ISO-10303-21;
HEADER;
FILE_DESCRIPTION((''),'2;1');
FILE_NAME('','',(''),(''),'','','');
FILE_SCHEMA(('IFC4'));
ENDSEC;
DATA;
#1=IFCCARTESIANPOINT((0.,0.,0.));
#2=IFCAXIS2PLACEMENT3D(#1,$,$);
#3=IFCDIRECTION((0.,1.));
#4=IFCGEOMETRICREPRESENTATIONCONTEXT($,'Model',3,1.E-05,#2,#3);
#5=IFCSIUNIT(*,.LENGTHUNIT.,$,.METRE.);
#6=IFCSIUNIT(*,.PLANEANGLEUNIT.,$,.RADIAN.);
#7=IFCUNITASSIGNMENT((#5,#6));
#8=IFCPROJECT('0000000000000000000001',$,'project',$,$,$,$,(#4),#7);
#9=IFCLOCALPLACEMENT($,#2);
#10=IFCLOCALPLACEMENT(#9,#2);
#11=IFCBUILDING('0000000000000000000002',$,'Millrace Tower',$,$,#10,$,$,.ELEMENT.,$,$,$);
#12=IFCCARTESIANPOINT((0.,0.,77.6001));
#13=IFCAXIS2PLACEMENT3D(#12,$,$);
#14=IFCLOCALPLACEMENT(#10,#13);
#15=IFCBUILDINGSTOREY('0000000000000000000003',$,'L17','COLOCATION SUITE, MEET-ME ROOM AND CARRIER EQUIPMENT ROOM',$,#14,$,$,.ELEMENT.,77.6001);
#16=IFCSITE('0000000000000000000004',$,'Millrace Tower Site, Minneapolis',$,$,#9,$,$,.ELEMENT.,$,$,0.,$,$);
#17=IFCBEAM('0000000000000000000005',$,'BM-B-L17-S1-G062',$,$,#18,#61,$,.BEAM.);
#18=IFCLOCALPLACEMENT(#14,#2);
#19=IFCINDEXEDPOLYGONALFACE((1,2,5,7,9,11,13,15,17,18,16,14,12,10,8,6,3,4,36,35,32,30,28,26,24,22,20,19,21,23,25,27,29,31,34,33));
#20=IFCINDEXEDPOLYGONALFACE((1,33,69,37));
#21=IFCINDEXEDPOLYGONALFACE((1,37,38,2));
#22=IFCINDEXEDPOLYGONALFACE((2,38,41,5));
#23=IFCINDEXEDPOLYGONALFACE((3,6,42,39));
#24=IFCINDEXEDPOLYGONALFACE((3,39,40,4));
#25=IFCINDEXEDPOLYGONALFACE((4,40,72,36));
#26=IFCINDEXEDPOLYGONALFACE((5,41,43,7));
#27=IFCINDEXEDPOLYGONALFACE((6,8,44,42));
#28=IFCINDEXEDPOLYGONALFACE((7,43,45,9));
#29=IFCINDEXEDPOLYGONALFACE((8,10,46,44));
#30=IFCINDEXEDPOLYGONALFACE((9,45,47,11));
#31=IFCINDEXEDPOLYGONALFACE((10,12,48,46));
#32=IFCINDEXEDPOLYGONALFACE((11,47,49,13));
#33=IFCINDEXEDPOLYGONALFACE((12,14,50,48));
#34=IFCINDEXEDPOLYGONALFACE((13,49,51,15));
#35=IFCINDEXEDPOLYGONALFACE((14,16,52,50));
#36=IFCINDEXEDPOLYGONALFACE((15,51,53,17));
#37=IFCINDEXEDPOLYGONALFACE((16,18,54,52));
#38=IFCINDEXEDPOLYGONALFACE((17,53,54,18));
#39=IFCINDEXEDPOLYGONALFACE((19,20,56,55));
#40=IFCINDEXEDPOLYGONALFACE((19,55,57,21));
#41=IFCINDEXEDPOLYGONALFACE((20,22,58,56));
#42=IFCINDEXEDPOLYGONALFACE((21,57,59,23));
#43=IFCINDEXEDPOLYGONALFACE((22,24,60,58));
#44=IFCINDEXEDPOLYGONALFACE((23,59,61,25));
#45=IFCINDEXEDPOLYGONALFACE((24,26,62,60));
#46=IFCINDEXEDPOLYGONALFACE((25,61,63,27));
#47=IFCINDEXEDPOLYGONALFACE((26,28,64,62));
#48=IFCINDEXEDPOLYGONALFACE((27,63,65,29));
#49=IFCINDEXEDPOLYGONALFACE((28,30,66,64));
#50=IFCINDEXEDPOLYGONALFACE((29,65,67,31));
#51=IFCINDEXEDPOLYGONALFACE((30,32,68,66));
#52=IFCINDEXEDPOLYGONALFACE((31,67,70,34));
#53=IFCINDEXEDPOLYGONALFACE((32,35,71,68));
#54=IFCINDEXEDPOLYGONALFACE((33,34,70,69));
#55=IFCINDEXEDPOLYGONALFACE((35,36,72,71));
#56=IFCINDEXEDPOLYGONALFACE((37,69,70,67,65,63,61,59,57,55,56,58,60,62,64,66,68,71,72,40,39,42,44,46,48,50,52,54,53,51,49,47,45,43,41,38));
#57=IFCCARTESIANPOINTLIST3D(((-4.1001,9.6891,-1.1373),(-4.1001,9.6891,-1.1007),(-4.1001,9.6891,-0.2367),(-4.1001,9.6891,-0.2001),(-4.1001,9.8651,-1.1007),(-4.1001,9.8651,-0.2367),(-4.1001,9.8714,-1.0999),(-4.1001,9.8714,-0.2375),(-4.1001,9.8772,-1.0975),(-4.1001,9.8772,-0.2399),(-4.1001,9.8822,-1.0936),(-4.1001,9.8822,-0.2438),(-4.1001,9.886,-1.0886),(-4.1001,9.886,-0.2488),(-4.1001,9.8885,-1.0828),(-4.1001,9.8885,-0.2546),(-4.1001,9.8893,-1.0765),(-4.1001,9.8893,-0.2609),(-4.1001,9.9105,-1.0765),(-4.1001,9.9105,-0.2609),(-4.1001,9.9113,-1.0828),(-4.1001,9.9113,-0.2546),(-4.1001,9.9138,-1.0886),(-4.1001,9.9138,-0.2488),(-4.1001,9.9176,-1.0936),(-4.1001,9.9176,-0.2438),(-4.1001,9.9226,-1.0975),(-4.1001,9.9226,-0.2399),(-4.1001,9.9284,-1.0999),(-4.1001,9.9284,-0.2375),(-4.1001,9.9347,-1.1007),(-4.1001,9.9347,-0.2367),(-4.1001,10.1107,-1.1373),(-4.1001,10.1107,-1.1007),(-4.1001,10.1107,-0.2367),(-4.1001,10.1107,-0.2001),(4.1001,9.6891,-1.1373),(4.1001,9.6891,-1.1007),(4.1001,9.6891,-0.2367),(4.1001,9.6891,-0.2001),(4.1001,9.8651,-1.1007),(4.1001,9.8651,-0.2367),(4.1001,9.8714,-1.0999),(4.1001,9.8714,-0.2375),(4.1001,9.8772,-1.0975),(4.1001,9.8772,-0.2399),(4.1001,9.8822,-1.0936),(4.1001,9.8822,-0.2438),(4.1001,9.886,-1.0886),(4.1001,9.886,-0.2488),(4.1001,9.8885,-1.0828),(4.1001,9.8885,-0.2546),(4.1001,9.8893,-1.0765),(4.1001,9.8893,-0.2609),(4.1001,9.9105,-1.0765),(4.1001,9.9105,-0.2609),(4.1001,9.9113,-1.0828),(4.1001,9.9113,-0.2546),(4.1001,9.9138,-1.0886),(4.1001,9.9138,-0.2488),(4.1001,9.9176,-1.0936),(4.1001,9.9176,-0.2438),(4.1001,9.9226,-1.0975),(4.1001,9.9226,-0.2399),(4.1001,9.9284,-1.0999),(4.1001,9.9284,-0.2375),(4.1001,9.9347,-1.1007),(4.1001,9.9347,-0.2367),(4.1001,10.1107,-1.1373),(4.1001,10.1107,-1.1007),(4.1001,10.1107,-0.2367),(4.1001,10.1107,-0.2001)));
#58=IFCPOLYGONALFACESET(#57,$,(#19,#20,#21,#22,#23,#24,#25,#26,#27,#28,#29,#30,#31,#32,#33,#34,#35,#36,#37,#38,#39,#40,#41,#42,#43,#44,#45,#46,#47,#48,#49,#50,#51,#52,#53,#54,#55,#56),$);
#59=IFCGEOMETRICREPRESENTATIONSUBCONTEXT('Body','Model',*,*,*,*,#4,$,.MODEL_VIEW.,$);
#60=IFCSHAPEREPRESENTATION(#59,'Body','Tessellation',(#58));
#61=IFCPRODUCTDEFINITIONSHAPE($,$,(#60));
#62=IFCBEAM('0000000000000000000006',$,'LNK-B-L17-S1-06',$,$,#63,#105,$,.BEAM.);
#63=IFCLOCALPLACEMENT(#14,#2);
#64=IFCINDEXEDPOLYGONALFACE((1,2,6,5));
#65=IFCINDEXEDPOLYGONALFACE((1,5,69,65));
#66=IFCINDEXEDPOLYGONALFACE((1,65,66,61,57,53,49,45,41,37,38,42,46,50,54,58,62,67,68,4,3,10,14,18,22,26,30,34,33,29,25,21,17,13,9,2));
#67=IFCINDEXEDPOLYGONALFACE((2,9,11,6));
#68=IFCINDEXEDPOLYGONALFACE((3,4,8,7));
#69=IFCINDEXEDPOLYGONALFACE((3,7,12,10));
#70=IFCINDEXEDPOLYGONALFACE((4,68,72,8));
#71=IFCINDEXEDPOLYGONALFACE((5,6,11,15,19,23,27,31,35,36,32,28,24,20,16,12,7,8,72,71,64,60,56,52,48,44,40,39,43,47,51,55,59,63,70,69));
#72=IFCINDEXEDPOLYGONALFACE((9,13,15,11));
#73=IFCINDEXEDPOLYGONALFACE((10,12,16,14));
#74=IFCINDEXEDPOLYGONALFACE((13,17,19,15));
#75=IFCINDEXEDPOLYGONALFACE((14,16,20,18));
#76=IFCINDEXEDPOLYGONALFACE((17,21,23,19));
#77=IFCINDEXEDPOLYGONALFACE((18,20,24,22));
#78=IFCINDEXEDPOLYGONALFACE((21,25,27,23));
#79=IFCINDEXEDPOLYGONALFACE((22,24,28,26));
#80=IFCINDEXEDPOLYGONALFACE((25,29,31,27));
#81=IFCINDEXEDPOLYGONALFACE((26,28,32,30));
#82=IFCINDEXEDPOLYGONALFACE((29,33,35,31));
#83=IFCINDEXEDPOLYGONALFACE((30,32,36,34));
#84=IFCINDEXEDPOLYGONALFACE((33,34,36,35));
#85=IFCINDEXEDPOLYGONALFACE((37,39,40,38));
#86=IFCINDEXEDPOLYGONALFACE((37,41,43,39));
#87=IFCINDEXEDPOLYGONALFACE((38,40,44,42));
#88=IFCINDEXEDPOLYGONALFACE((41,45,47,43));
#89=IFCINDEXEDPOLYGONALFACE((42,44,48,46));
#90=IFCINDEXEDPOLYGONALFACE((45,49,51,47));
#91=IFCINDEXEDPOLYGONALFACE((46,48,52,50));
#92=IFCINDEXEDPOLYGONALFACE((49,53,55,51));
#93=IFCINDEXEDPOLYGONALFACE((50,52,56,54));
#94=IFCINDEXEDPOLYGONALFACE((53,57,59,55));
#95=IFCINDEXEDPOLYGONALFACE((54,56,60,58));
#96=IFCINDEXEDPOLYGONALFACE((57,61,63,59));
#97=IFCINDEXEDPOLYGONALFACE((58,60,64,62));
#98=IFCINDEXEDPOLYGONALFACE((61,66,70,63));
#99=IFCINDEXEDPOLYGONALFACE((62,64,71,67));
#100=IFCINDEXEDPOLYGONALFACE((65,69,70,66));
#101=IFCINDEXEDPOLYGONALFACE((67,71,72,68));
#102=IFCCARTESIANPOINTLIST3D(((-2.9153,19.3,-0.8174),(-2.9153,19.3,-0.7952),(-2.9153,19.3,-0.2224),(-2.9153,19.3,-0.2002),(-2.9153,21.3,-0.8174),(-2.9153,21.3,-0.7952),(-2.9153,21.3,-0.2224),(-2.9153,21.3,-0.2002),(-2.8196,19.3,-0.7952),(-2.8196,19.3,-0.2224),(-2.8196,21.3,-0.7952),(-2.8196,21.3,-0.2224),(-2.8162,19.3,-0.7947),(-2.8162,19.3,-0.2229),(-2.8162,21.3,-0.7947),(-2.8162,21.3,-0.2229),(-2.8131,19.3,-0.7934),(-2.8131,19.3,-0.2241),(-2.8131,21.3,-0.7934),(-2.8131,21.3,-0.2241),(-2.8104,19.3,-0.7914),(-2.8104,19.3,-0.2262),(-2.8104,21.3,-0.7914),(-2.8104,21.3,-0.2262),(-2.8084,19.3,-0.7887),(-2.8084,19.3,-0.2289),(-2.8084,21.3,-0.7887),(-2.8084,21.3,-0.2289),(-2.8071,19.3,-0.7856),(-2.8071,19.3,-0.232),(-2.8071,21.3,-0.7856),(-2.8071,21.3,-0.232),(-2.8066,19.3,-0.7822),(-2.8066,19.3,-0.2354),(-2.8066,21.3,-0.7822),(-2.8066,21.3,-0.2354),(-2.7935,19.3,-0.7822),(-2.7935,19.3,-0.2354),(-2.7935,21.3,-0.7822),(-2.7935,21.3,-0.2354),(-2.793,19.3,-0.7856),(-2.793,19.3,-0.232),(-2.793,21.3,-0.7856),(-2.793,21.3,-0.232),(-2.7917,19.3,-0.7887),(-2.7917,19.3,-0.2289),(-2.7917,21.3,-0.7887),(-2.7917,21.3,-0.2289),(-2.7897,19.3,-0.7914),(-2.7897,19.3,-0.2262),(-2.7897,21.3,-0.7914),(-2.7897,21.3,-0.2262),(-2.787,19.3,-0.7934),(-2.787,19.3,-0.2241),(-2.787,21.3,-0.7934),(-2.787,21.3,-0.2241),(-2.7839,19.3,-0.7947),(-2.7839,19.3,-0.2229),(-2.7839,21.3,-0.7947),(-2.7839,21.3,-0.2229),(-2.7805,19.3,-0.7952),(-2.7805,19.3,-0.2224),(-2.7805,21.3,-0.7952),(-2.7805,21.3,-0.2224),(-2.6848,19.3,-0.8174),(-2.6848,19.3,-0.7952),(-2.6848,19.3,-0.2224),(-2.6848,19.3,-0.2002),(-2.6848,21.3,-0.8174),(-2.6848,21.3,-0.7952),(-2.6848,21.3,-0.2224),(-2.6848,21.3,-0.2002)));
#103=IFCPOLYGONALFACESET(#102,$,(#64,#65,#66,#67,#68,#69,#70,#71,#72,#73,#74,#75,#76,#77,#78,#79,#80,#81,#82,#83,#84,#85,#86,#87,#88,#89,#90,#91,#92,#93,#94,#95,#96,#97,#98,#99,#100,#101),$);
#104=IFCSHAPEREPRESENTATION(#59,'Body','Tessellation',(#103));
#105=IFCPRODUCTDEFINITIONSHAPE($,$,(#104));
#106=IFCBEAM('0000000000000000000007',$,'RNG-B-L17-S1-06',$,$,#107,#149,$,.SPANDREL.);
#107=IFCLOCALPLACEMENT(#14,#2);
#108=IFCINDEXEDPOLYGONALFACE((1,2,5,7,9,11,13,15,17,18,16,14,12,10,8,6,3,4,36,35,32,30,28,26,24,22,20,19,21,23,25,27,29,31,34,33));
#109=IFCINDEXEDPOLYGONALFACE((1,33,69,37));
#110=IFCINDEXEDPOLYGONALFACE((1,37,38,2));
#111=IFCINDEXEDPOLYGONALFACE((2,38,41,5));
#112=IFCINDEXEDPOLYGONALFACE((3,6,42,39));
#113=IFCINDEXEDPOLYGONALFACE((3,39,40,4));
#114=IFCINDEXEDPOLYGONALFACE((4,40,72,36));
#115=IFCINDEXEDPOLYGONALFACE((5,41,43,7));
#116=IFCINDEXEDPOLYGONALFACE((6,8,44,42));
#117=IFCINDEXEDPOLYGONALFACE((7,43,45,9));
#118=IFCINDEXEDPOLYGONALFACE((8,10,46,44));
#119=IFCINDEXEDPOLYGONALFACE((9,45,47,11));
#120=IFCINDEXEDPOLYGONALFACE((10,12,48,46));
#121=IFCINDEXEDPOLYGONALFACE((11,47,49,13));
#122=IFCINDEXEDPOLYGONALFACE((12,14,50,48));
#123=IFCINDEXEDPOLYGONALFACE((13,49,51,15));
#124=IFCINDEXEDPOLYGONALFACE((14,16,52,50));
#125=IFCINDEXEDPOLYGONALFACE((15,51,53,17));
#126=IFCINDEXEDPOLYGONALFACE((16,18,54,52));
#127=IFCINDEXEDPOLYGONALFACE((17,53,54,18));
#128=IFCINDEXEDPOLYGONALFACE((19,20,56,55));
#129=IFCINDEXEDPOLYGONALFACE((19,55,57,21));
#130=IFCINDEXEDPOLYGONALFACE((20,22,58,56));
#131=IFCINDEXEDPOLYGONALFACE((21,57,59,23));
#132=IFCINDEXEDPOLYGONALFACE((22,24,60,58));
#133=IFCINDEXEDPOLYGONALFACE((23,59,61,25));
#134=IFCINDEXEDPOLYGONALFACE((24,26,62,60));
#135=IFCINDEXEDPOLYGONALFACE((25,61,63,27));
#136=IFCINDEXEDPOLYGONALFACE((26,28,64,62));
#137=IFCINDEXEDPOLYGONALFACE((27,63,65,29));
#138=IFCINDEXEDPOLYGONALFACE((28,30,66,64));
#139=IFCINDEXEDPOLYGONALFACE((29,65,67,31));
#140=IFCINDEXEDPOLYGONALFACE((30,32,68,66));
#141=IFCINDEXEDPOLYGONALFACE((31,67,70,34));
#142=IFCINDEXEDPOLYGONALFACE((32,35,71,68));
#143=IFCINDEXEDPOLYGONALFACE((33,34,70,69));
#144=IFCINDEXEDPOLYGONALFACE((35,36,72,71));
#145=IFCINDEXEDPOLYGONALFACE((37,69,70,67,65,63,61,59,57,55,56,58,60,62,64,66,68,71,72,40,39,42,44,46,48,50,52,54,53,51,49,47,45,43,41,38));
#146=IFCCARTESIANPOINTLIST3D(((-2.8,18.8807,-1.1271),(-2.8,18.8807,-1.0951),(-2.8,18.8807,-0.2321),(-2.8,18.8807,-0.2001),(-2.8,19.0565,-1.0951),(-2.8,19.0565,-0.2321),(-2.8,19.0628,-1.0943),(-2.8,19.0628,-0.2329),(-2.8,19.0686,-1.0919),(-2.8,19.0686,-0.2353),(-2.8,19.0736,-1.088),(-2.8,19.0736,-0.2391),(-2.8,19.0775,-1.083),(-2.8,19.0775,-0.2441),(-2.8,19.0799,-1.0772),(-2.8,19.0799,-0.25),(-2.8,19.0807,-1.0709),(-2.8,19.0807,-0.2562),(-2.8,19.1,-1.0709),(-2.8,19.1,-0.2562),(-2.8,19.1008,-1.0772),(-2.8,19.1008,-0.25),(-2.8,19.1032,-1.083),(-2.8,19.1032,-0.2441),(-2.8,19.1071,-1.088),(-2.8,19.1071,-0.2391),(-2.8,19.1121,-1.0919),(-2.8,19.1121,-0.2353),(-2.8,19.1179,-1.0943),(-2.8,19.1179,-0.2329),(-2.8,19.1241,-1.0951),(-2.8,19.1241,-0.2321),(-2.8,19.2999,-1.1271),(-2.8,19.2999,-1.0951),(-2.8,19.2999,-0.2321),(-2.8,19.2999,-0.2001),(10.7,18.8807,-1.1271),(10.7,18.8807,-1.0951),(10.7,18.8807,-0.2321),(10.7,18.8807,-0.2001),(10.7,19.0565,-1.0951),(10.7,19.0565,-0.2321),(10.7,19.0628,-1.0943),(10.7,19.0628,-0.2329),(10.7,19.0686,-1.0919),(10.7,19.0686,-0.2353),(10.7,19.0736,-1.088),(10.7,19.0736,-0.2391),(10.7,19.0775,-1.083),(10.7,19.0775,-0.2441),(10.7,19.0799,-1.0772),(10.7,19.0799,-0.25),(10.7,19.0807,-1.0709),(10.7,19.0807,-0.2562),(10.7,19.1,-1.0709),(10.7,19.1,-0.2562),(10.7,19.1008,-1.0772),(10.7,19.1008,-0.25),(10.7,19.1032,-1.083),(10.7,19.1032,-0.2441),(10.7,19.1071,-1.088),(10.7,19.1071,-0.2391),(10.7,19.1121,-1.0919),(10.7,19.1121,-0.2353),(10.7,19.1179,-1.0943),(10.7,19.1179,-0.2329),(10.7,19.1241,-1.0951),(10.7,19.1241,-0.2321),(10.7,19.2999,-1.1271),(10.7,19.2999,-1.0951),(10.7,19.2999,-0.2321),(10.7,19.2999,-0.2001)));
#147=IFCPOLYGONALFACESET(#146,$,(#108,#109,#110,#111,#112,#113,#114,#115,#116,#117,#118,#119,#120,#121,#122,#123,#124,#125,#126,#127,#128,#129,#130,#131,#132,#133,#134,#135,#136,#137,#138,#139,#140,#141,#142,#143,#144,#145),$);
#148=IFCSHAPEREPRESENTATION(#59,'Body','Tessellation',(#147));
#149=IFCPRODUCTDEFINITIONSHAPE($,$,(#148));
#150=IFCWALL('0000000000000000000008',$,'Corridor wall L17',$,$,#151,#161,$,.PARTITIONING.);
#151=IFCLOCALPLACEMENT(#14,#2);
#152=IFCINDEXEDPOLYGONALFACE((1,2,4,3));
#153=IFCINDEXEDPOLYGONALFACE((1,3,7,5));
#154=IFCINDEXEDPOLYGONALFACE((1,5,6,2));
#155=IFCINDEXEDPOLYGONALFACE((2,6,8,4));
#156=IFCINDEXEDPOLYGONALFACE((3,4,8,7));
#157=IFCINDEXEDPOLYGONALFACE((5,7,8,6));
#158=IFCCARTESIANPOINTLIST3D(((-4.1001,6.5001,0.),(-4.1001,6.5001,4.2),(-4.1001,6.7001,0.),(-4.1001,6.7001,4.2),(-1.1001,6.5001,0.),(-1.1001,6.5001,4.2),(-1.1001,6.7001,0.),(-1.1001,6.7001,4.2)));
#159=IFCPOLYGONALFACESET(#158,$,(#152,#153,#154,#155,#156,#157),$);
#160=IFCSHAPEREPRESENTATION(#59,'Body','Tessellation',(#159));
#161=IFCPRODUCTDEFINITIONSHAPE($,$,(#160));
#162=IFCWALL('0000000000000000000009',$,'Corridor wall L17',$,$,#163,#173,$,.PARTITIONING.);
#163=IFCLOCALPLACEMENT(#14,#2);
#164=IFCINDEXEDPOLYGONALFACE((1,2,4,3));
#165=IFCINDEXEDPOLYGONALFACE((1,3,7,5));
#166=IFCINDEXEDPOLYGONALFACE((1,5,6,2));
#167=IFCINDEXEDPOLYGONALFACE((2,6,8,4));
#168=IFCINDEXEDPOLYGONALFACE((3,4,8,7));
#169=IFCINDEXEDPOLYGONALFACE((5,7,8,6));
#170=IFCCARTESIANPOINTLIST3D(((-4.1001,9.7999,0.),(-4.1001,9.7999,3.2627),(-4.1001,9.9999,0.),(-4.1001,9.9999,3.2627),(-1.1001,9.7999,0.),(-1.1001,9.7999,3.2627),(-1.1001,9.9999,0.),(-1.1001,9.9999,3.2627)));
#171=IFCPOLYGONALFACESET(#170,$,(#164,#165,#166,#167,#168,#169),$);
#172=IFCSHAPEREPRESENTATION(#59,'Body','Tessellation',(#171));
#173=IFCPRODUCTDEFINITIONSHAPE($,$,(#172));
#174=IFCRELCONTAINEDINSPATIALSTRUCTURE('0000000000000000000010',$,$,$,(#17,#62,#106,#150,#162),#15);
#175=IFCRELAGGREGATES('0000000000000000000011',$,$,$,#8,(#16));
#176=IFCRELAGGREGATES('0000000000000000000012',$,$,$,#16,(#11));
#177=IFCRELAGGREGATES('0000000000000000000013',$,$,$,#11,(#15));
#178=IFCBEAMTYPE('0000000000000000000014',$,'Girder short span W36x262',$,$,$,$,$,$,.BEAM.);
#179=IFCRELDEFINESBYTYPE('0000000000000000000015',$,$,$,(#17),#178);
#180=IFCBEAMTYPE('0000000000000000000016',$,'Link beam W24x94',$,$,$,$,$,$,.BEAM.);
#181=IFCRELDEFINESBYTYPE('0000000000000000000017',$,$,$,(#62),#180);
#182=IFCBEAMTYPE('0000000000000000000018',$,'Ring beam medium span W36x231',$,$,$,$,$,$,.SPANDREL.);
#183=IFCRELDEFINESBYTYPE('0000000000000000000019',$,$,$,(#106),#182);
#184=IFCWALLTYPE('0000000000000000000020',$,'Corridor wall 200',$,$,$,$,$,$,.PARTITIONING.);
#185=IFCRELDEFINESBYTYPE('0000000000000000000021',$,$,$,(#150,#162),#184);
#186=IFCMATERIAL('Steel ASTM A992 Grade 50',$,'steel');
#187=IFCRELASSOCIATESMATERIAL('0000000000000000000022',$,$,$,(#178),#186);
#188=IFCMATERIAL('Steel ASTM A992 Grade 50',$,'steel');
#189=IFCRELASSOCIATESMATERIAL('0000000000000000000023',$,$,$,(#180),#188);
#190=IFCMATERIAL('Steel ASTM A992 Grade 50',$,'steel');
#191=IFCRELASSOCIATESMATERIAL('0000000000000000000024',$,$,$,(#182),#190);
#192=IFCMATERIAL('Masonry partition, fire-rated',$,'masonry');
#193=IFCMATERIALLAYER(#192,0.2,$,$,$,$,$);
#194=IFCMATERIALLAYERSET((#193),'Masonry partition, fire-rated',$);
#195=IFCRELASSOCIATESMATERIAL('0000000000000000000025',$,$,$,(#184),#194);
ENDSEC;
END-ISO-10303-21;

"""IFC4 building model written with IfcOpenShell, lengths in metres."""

from ifc_helpers import new_model, si_unit, direction, frame, frame_2d, origin, origin_2d, place, context, subcontext, project, spatial, rectangle, i_section, extrude, material, layer, layer_set, material_profile, profile_set, type_object, element, save


model = new_model("IFC4")

# Units and contexts
model_context = context("Model", 3, precision=1e-05, world=origin(), true_north=direction((0.0, 1.0)))
body_context = subcontext(model_context, "Body", "Model", "MODEL_VIEW")
ifc_project = project(units=[si_unit("LENGTHUNIT", "METRE"), si_unit("PLANEANGLEUNIT", "RADIAN")], contexts=[model_context])

# Site, building, storey
site_placement = place(None, origin())
site = spatial("IfcSite", under=ifc_project, at=site_placement, Name="Millrace Tower Site, Minneapolis", CompositionType="ELEMENT", RefElevation=0.0)
building_placement = place(site_placement, origin())
building = spatial("IfcBuilding", under=site, at=building_placement, Name="Millrace Tower", CompositionType="ELEMENT")
storey_placement = place(building_placement, frame((0.0, 0.0, 77.6001)))
storey = spatial("IfcBuildingStorey", under=building, at=storey_placement, Name="L17", Description="COLOCATION SUITE, MEET-ME ROOM AND CARRIER EQUIPMENT ROOM", CompositionType="ELEMENT", Elevation=77.6001)

# Beams
ifc_material_1 = material(Name="Steel ASTM A992 Grade 50", Category="steel")
ifc_material_profile_1 = material_profile(ifc_material_1, i_section(OverallWidth=0.4216, OverallDepth=0.9373, WebThickness=0.0212, FlangeThickness=0.0366, FilletRadius=0.0242, at=origin_2d()))
ifc_profile_set_1 = profile_set([ifc_material_profile_1], Name="Steel ASTM A992 Grade 50")
beam_type_1 = type_object("IfcBeamType", Name="Girder short span W36x262", PredefinedType="BEAM", material=ifc_profile_set_1)
beam_1_placement = place(storey_placement, frame((-4.1001, 9.8999, -0.6687), z_axis=(1.0, 0.0, 0.0), x_axis=(0.0, 1.0, 0.0)))
element("IfcBeam", 1, at=beam_1_placement, inside=storey, type_object=beam_type_1, Name="BM-B-L17-S1-G062", PredefinedType="BEAM", context=body_context, shape_type="SweptSolid", body=[
    extrude(i_section(OverallWidth=0.4216, OverallDepth=0.9373, WebThickness=0.0212, FlangeThickness=0.0366, FilletRadius=0.0242, at=origin_2d()), origin(), (0.0, 0.0, 1.0), 8.2002),
])
ifc_material_2 = material(Name="Steel ASTM A992 Grade 50", Category="steel")
ifc_material_profile_2 = material_profile(ifc_material_2, i_section(OverallWidth=0.2305, OverallDepth=0.6172, WebThickness=0.0132, FlangeThickness=0.0222, FilletRadius=0.0129, at=origin_2d()))
ifc_profile_set_2 = profile_set([ifc_material_profile_2], Name="Steel ASTM A992 Grade 50")
beam_type_2 = type_object("IfcBeamType", Name="Link beam W24x94", PredefinedType="BEAM", material=ifc_profile_set_2)
beam_2_placement = place(storey_placement, frame((-2.8, 19.3, -0.5088), z_axis=(0.0, 1.0, 0.0), x_axis=(-1.0, 0.0, 0.0)))
element("IfcBeam", 2, at=beam_2_placement, inside=storey, type_object=beam_type_2, Name="LNK-B-L17-S1-06", PredefinedType="BEAM", context=body_context, shape_type="SweptSolid", body=[
    extrude(i_section(OverallWidth=0.2305, OverallDepth=0.6172, WebThickness=0.0132, FlangeThickness=0.0222, FilletRadius=0.0129, at=origin_2d()), origin(), (0.0, 0.0, 1.0), 2.0),
])
ifc_material_3 = material(Name="Steel ASTM A992 Grade 50", Category="steel")
ifc_material_profile_3 = material_profile(ifc_material_3, i_section(OverallWidth=0.4192, OverallDepth=0.927, WebThickness=0.0193, FlangeThickness=0.032, FilletRadius=0.0242, at=origin_2d()))
ifc_profile_set_3 = profile_set([ifc_material_profile_3], Name="Steel ASTM A992 Grade 50")
beam_type_3 = type_object("IfcBeamType", Name="Ring beam medium span W36x231", PredefinedType="SPANDREL", material=ifc_profile_set_3)
beam_3_placement = place(storey_placement, frame((-2.8, 19.0903, -0.6636), z_axis=(1.0, 0.0, 0.0), x_axis=(0.0, 1.0, 0.0)))
element("IfcBeam", 3, at=beam_3_placement, inside=storey, type_object=beam_type_3, Name="RNG-B-L17-S1-06", PredefinedType="SPANDREL", context=body_context, shape_type="SweptSolid", body=[
    extrude(i_section(OverallWidth=0.4192, OverallDepth=0.927, WebThickness=0.0193, FlangeThickness=0.032, FilletRadius=0.0242, at=origin_2d()), origin(), (0.0, 0.0, 1.0), 13.5),
])

# Walls
ifc_material_4 = material(Name="Masonry partition, fire-rated", Category="masonry")
ifc_layer_1 = layer(ifc_material_4, 0.2)
ifc_layer_set_1 = layer_set([ifc_layer_1], Name="Masonry partition, fire-rated")
wall_type_1 = type_object("IfcWallType", Name="Corridor wall 200", PredefinedType="PARTITIONING", material=ifc_layer_set_1)
wall_1_placement = place(storey_placement, frame((-4.1001, 6.6001, 0.0), z_axis=(0.0, 0.0, 1.0), x_axis=(1.0, 0.0, 0.0)))
element("IfcWall", 4, at=wall_1_placement, inside=storey, type_object=wall_type_1, Name="Corridor wall L17", PredefinedType="PARTITIONING", context=body_context, shape_type="SweptSolid", body=[
    extrude(rectangle(XDim=3.0, YDim=0.2, at=frame_2d((1.5, 0.0))), origin(), (0.0, 0.0, 1.0), 4.2),
])
wall_2_placement = place(storey_placement, frame((-4.1001, 9.8999, 0.0), z_axis=(0.0, 0.0, 1.0), x_axis=(1.0, 0.0, 0.0)))
element("IfcWall", 5, at=wall_2_placement, inside=storey, type_object=wall_type_1, Name="Corridor wall L17", PredefinedType="PARTITIONING", context=body_context, shape_type="SweptSolid", body=[
    extrude(rectangle(XDim=3.0, YDim=0.2, at=frame_2d((1.5, 0.0))), origin(), (0.0, 0.0, 1.0), 3.2627),
])

save(model, "model.ifc")
